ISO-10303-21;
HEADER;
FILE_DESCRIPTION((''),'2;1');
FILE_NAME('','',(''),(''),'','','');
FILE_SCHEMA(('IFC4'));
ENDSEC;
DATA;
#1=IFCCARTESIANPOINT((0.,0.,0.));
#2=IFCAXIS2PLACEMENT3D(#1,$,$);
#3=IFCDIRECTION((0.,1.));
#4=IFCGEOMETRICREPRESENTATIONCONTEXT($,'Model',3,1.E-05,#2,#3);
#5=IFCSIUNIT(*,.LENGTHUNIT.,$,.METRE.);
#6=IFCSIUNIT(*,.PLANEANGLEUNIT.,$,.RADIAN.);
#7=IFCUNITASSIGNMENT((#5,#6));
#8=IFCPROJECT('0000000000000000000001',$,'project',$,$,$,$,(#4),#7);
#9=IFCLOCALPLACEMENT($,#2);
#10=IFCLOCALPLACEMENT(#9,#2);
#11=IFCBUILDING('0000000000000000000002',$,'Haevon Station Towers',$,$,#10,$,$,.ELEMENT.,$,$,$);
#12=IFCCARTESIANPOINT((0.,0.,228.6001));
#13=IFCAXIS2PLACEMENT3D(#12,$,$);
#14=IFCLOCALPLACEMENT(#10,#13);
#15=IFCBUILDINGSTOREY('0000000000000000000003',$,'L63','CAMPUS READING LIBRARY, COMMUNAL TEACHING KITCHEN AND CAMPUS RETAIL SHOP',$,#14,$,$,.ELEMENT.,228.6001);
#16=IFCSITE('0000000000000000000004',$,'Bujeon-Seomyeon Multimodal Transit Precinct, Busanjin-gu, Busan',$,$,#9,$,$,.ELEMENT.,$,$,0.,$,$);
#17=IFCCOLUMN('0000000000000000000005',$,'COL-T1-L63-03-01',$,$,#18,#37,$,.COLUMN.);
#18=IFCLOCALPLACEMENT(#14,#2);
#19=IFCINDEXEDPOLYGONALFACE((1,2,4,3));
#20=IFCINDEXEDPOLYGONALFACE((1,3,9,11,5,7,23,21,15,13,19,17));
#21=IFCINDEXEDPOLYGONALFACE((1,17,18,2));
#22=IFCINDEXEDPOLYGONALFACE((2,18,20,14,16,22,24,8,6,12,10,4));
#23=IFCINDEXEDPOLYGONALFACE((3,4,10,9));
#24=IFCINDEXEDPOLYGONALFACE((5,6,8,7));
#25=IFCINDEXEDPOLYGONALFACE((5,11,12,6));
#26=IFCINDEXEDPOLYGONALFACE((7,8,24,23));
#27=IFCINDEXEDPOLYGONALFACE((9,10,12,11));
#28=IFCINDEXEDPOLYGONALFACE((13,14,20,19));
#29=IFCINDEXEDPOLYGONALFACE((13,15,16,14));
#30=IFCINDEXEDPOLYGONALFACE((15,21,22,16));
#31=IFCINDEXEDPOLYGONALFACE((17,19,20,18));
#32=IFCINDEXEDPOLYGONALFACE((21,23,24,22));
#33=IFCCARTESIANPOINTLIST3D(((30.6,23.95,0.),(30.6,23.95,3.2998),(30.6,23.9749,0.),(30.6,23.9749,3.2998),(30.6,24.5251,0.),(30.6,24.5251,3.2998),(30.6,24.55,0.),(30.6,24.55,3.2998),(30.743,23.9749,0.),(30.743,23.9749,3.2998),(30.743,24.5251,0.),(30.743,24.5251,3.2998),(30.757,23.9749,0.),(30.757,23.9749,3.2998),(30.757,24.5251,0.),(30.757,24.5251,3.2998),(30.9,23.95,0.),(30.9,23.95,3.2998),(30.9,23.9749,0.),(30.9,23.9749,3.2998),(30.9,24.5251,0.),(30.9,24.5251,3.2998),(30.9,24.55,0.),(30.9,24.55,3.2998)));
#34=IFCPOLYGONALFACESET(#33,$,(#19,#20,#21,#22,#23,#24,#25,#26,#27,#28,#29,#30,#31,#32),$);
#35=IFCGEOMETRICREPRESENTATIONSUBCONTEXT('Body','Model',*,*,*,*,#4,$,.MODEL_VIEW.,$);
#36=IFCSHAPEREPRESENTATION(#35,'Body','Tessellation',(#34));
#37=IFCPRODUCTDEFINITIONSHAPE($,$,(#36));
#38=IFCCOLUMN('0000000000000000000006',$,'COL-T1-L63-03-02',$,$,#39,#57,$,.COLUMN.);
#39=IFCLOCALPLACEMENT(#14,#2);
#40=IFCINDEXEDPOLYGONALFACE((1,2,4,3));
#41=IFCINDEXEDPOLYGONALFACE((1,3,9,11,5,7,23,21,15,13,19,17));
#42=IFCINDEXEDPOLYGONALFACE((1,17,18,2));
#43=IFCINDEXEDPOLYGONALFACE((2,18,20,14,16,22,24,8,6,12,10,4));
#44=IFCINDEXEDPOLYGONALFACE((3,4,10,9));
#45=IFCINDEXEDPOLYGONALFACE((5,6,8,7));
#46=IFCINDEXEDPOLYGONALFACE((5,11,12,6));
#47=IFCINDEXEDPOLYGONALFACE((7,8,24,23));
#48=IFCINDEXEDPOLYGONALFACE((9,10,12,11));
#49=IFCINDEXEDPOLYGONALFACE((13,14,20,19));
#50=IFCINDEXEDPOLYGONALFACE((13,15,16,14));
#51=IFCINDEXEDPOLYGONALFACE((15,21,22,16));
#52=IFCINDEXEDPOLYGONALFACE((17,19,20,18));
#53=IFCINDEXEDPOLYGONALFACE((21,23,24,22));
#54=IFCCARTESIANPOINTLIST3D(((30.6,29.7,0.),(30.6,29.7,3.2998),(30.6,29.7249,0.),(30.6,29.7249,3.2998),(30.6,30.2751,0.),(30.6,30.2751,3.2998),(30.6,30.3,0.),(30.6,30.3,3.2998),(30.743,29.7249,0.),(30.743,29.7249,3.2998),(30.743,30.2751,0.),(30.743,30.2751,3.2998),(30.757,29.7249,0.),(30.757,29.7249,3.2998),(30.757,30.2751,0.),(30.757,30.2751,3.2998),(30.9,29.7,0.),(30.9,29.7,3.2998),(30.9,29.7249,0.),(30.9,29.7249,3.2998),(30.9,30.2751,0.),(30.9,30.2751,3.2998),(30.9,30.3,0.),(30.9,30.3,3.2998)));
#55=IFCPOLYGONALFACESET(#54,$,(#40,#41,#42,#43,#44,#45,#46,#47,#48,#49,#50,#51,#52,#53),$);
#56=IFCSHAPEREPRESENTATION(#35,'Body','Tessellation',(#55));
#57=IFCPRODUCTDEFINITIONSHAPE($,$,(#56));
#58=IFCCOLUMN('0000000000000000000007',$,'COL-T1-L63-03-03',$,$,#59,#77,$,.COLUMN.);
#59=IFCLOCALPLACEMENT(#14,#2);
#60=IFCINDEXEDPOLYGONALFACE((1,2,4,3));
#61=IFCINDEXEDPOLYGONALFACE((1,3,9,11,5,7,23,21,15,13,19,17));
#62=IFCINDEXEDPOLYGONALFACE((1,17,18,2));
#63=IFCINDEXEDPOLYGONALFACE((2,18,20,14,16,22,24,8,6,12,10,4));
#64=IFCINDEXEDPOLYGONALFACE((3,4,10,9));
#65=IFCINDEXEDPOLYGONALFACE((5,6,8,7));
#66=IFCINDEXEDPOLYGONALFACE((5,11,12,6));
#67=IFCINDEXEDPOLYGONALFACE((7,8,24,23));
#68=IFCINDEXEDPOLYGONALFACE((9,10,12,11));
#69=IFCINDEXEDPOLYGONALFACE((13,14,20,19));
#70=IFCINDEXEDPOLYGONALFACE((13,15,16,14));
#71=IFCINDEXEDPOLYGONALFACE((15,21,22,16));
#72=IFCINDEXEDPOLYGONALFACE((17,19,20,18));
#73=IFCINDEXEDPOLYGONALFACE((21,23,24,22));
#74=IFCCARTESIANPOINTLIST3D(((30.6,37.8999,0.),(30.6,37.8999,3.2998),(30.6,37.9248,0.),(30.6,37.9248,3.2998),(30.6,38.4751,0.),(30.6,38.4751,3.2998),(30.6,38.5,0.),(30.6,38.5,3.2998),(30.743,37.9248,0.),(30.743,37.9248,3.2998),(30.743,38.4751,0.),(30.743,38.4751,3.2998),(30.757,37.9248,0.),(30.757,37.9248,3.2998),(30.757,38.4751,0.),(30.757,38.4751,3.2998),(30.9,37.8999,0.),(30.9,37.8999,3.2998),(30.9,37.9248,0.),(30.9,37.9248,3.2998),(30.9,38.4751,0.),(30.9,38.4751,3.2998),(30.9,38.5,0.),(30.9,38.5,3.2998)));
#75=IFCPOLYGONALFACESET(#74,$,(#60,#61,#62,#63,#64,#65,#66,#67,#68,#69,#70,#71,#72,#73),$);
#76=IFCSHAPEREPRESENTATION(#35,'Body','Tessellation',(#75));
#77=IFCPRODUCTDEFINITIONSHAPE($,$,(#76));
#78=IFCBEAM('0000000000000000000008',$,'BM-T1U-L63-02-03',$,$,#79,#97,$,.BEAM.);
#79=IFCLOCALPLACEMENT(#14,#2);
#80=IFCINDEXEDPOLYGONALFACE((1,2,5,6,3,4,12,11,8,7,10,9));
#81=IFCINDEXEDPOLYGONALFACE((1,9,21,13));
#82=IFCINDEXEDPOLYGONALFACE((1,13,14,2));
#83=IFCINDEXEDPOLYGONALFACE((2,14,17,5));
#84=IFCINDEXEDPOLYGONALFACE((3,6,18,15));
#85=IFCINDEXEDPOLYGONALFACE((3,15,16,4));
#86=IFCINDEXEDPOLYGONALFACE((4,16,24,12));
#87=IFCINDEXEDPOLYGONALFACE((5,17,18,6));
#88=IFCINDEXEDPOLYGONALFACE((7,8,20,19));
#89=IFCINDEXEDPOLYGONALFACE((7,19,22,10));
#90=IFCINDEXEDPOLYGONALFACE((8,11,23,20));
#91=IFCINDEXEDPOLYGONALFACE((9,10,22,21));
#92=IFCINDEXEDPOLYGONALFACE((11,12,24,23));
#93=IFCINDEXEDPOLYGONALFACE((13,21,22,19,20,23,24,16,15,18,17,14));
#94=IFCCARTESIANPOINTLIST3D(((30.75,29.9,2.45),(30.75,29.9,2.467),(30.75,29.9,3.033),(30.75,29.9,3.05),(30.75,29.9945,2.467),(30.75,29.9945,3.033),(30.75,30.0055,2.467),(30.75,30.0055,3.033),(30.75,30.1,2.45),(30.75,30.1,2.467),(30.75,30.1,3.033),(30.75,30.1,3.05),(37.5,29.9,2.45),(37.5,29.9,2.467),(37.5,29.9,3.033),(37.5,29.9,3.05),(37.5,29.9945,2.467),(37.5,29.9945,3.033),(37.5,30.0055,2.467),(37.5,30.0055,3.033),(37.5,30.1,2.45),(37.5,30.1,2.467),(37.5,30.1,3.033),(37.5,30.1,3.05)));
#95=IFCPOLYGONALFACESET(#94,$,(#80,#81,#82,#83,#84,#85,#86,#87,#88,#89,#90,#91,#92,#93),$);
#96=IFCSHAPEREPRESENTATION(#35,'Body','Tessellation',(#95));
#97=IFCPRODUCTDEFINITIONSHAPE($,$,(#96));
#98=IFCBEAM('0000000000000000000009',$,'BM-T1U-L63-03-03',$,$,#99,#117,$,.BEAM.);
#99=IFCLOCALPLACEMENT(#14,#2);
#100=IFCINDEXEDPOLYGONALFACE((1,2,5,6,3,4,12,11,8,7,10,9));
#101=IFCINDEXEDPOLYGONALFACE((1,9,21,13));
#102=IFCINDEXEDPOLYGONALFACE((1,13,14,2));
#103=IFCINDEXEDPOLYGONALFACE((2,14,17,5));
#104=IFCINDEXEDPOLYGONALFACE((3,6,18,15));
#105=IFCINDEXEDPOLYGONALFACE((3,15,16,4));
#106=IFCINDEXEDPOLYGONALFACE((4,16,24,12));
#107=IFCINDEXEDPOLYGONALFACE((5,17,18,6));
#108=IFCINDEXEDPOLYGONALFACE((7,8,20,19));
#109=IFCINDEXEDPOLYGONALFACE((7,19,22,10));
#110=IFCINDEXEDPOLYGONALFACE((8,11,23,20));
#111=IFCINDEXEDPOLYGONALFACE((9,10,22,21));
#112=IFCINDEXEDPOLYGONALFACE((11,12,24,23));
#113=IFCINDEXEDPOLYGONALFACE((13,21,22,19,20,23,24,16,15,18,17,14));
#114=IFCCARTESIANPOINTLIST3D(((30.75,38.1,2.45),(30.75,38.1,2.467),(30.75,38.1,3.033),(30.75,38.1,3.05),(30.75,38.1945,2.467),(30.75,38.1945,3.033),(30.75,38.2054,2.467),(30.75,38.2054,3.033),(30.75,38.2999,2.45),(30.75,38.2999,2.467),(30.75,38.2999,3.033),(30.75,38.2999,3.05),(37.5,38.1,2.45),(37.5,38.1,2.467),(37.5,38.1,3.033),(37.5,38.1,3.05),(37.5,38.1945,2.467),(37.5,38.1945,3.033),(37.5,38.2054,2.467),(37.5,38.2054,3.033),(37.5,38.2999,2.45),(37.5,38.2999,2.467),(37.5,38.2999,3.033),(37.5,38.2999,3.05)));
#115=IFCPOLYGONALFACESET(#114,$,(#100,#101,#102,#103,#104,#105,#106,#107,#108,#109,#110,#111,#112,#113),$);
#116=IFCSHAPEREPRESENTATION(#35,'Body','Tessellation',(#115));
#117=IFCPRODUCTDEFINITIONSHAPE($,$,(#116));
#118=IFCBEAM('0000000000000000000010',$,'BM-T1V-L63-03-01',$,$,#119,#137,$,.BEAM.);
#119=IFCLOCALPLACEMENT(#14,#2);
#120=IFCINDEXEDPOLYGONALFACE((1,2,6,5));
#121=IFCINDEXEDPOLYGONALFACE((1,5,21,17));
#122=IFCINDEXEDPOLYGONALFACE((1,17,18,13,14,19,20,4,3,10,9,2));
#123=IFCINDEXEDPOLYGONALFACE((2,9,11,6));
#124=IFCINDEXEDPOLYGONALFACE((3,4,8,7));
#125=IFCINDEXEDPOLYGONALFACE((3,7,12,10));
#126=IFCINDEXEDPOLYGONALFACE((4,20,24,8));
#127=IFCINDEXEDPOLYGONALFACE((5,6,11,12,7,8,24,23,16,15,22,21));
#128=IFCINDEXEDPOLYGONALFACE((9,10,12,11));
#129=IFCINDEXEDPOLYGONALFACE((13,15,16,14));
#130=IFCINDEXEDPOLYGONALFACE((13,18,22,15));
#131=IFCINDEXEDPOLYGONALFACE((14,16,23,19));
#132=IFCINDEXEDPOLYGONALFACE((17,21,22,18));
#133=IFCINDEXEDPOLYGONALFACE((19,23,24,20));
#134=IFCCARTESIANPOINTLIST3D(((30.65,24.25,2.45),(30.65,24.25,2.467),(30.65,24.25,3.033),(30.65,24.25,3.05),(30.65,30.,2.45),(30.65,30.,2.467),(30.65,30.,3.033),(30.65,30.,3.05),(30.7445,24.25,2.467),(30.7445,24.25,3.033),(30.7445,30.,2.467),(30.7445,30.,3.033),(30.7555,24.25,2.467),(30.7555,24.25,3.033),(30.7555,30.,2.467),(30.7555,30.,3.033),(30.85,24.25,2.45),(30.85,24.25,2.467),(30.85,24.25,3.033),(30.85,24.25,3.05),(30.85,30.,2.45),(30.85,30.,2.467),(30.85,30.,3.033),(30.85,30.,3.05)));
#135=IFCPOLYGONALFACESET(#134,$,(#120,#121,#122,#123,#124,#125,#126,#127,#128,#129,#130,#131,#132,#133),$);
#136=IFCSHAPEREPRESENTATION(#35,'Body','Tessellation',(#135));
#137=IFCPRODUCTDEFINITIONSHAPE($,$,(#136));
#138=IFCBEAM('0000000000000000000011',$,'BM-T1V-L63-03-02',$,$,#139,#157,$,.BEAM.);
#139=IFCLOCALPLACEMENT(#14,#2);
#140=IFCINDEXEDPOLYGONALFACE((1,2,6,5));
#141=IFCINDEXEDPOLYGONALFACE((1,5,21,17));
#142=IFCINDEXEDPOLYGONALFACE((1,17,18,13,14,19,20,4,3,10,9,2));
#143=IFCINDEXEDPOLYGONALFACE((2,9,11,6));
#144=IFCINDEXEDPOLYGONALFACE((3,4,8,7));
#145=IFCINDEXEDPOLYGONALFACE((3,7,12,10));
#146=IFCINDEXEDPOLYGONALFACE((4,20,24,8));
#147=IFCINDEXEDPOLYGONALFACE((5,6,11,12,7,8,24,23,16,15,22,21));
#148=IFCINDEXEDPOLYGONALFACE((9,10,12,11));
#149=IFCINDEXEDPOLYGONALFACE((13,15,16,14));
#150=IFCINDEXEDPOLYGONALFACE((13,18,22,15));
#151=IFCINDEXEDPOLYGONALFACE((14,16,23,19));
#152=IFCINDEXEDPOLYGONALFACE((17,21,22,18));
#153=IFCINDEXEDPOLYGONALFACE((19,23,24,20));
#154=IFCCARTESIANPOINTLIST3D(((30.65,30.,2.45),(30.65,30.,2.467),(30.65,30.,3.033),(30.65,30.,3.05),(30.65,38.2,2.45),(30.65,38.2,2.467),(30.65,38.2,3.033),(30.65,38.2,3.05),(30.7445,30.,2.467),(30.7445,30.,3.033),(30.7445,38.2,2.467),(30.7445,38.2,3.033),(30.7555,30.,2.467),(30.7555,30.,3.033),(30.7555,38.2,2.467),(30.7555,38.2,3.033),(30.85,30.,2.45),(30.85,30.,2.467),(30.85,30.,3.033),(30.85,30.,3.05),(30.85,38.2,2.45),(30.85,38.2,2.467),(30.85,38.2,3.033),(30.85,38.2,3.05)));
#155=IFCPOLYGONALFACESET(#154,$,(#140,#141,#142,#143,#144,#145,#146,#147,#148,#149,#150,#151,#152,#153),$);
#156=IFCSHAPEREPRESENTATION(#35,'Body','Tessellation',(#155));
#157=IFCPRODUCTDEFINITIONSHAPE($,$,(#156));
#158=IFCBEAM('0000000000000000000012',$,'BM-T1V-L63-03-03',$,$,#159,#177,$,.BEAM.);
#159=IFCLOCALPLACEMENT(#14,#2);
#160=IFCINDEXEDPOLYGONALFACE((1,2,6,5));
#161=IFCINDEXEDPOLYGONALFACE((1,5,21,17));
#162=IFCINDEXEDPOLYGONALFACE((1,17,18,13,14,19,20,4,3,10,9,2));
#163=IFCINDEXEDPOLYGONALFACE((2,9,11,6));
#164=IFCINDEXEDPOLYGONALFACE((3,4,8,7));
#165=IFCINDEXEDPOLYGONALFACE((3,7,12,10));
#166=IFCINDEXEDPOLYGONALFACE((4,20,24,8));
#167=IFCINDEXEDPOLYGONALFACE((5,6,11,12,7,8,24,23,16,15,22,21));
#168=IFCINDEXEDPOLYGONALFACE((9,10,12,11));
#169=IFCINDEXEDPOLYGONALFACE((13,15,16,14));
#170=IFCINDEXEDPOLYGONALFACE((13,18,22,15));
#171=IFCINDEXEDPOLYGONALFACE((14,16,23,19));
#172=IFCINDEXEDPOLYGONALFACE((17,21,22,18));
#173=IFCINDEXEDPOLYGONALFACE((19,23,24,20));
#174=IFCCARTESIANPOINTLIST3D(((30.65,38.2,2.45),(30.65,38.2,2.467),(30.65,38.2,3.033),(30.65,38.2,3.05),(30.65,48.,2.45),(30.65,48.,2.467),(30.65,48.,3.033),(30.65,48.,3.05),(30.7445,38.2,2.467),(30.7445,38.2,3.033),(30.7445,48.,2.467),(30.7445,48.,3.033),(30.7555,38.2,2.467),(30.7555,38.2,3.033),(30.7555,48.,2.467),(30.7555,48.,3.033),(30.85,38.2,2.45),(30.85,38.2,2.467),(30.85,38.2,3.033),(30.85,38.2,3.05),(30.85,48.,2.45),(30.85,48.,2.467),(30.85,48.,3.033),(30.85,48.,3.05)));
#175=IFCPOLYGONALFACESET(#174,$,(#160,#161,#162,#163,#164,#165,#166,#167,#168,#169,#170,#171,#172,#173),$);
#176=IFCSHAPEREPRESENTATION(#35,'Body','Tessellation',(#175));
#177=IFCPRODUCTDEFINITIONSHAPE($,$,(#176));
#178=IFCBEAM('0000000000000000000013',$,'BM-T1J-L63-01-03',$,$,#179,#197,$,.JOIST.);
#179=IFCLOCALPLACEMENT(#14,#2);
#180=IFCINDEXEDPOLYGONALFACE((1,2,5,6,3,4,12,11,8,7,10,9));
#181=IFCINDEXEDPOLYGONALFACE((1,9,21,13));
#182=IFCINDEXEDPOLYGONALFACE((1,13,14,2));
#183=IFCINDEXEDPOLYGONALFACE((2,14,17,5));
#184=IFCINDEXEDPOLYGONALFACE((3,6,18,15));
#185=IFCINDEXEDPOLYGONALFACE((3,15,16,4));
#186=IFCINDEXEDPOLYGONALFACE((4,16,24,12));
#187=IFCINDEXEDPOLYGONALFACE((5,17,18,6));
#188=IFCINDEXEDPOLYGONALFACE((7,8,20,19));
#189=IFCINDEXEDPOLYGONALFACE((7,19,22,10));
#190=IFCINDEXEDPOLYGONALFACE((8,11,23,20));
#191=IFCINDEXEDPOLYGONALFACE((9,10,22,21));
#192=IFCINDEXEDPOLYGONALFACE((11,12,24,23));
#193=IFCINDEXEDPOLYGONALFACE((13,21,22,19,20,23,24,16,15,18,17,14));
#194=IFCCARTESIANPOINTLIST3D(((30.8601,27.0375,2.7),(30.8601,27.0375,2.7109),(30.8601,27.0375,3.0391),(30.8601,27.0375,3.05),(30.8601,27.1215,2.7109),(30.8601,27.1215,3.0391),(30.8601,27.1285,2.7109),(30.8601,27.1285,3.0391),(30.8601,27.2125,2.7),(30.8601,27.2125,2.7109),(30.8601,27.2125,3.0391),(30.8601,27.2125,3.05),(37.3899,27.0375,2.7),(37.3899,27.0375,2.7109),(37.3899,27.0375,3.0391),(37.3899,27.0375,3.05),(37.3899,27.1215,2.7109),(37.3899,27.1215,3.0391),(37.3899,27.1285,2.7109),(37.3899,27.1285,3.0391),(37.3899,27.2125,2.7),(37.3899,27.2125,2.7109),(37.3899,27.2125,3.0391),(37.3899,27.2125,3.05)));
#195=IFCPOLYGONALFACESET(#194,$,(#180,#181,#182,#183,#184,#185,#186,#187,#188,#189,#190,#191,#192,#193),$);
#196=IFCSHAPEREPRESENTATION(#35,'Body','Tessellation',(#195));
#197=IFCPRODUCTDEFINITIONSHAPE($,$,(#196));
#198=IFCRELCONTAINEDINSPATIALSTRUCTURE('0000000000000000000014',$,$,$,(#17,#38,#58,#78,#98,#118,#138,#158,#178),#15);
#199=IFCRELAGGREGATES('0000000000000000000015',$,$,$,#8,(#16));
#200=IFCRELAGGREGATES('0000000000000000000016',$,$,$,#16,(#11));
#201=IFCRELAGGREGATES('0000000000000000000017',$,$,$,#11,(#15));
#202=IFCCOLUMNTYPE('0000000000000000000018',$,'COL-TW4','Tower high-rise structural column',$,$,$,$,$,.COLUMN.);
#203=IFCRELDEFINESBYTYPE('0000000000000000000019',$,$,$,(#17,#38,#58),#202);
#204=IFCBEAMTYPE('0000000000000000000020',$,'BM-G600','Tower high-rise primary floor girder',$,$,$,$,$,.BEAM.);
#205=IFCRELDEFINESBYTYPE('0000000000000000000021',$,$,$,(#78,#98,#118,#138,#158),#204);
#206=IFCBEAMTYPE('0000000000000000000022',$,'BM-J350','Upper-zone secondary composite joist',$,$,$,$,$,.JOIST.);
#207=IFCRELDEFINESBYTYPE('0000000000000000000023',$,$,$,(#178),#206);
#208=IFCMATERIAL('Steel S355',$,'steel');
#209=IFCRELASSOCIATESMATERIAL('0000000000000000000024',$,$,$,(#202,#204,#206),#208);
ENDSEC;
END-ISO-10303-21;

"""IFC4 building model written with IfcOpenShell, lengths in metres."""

from ifc_helpers import new_model, si_unit, direction, frame, origin, origin_2d, place, context, subcontext, project, spatial, i_section, extrude, material, material_profile, profile_set, type_object, element, save


model = new_model("IFC4")

# Units and contexts
model_context = context("Model", 3, precision=1e-05, world=origin(), true_north=direction((0.0, 1.0)))
body_context = subcontext(model_context, "Body", "Model", "MODEL_VIEW")
ifc_project = project(units=[si_unit("LENGTHUNIT", "METRE"), si_unit("PLANEANGLEUNIT", "RADIAN")], contexts=[model_context])

# Site, building, storey
site_placement = place(None, origin())
site = spatial("IfcSite", under=ifc_project, at=site_placement, Name="Bujeon-Seomyeon Multimodal Transit Precinct, Busanjin-gu, Busan", CompositionType="ELEMENT", RefElevation=0.0)
building_placement = place(site_placement, origin())
building = spatial("IfcBuilding", under=site, at=building_placement, Name="Haevon Station Towers", CompositionType="ELEMENT")
storey_placement = place(building_placement, frame((0.0, 0.0, 228.6001)))
storey = spatial("IfcBuildingStorey", under=building, at=storey_placement, Name="L63", Description="CAMPUS READING LIBRARY, COMMUNAL TEACHING KITCHEN AND CAMPUS RETAIL SHOP", CompositionType="ELEMENT", Elevation=228.6001)

# Columns
ifc_material_1 = material(Name="Steel S355", Category="steel")
ifc_material_profile_1 = material_profile(ifc_material_1, i_section(OverallWidth=0.3, OverallDepth=0.6001, WebThickness=0.0139, FlangeThickness=0.0249, at=origin_2d()), Name="H-600x300x14x25")
ifc_profile_set_1 = profile_set([ifc_material_profile_1], Name="Steel S355")
column_type = type_object("IfcColumnType", Name="COL-TW4", Description="Tower high-rise structural column", PredefinedType="COLUMN", material=ifc_profile_set_1)
for number, where, z_axis, x_axis, name in (
    (1, (30.75, 24.25, 0.0), (0.0, 0.0, 1.0), (1.0, 0.0, 0.0), "COL-T1-L63-03-01"),
    (2, (30.75, 30.0, 0.0), (0.0, 0.0, 1.0), (1.0, 0.0, 0.0), "COL-T1-L63-03-02"),
    (3, (30.75, 38.2, 0.0), (0.0, 0.0, 1.0), (1.0, 0.0, 0.0), "COL-T1-L63-03-03"),
):
    element("IfcColumn", number, at=place(storey_placement, frame(where, z_axis=z_axis, x_axis=x_axis)), inside=storey, type_object=column_type, Name=name, PredefinedType="COLUMN", context=body_context, shape_type="SweptSolid", body=[
        extrude(i_section(OverallWidth=0.3, OverallDepth=0.6001, WebThickness=0.0139, FlangeThickness=0.0249, at=origin_2d()), origin(), (0.0, 0.0, 1.0), 3.2998),
    ])

# Beams
ifc_material_profile_2 = material_profile(ifc_material_1, i_section(OverallWidth=0.2, OverallDepth=0.6001, WebThickness=0.011, FlangeThickness=0.0171, at=origin_2d()), Name="H-600x200x11x17")
ifc_profile_set_2 = profile_set([ifc_material_profile_2], Name="Steel S355")
beam_type_1 = type_object("IfcBeamType", Name="BM-G600", Description="Tower high-rise primary floor girder", PredefinedType="BEAM", material=ifc_profile_set_2)
for number, where, z_axis, x_axis, name in (
    (4, (30.75, 30.0, 2.75), (1.0, 0.0, 0.0), (0.0, 1.0, 0.0), "BM-T1U-L63-02-03"),
    (5, (30.75, 38.2, 2.75), (1.0, 0.0, 0.0), (0.0, 1.0, 0.0), "BM-T1U-L63-03-03"),
):
    element("IfcBeam", number, at=place(storey_placement, frame(where, z_axis=z_axis, x_axis=x_axis)), inside=storey, type_object=beam_type_1, Name=name, PredefinedType="BEAM", context=body_context, shape_type="SweptSolid", body=[
        extrude(i_section(OverallWidth=0.2, OverallDepth=0.6001, WebThickness=0.011, FlangeThickness=0.0171, at=origin_2d()), origin(), (0.0, 0.0, 1.0), 6.75),
    ])
beam_1_placement = place(storey_placement, frame((30.75, 24.25, 2.75), z_axis=(0.0, 1.0, 0.0), x_axis=(-1.0, 0.0, 0.0)))
element("IfcBeam", 6, at=beam_1_placement, inside=storey, type_object=beam_type_1, Name="BM-T1V-L63-03-01", PredefinedType="BEAM", context=body_context, shape_type="SweptSolid", body=[
    extrude(i_section(OverallWidth=0.2, OverallDepth=0.6001, WebThickness=0.011, FlangeThickness=0.0171, at=origin_2d()), origin(), (0.0, 0.0, 1.0), 5.75),
])
beam_2_placement = place(storey_placement, frame((30.75, 30.0, 2.75), z_axis=(0.0, 1.0, 0.0), x_axis=(-1.0, 0.0, 0.0)))
element("IfcBeam", 7, at=beam_2_placement, inside=storey, type_object=beam_type_1, Name="BM-T1V-L63-03-02", PredefinedType="BEAM", context=body_context, shape_type="SweptSolid", body=[
    extrude(i_section(OverallWidth=0.2, OverallDepth=0.6001, WebThickness=0.011, FlangeThickness=0.0171, at=origin_2d()), origin(), (0.0, 0.0, 1.0), 8.2),
])
beam_3_placement = place(storey_placement, frame((30.75, 38.2, 2.75), z_axis=(0.0, 1.0, 0.0), x_axis=(-1.0, 0.0, 0.0)))
element("IfcBeam", 8, at=beam_3_placement, inside=storey, type_object=beam_type_1, Name="BM-T1V-L63-03-03", PredefinedType="BEAM", context=body_context, shape_type="SweptSolid", body=[
    extrude(i_section(OverallWidth=0.2, OverallDepth=0.6001, WebThickness=0.011, FlangeThickness=0.0171, at=origin_2d()), origin(), (0.0, 0.0, 1.0), 9.8),
])
ifc_material_profile_3 = material_profile(ifc_material_1, i_section(OverallWidth=0.175, OverallDepth=0.3501, WebThickness=0.0071, FlangeThickness=0.011, at=origin_2d()), Name="H-350x175x7x11")
ifc_profile_set_3 = profile_set([ifc_material_profile_3], Name="Steel S355")
beam_type_2 = type_object("IfcBeamType", Name="BM-J350", Description="Upper-zone secondary composite joist", PredefinedType="JOIST", material=ifc_profile_set_3)
for number, where, z_axis, x_axis, name in (
    (9, (30.8601, 27.125, 2.875), (1.0, 0.0, 0.0), (0.0, 1.0, 0.0), "BM-T1J-L63-01-03"),
):
    element("IfcBeam", number, at=place(storey_placement, frame(where, z_axis=z_axis, x_axis=x_axis)), inside=storey, type_object=beam_type_2, Name=name, PredefinedType="JOIST", context=body_context, shape_type="SweptSolid", body=[
        extrude(i_section(OverallWidth=0.175, OverallDepth=0.3501, WebThickness=0.0071, FlangeThickness=0.011, at=origin_2d()), origin(), (0.0, 0.0, 1.0), 6.5298),
    ])

save(model, "model.ifc")
